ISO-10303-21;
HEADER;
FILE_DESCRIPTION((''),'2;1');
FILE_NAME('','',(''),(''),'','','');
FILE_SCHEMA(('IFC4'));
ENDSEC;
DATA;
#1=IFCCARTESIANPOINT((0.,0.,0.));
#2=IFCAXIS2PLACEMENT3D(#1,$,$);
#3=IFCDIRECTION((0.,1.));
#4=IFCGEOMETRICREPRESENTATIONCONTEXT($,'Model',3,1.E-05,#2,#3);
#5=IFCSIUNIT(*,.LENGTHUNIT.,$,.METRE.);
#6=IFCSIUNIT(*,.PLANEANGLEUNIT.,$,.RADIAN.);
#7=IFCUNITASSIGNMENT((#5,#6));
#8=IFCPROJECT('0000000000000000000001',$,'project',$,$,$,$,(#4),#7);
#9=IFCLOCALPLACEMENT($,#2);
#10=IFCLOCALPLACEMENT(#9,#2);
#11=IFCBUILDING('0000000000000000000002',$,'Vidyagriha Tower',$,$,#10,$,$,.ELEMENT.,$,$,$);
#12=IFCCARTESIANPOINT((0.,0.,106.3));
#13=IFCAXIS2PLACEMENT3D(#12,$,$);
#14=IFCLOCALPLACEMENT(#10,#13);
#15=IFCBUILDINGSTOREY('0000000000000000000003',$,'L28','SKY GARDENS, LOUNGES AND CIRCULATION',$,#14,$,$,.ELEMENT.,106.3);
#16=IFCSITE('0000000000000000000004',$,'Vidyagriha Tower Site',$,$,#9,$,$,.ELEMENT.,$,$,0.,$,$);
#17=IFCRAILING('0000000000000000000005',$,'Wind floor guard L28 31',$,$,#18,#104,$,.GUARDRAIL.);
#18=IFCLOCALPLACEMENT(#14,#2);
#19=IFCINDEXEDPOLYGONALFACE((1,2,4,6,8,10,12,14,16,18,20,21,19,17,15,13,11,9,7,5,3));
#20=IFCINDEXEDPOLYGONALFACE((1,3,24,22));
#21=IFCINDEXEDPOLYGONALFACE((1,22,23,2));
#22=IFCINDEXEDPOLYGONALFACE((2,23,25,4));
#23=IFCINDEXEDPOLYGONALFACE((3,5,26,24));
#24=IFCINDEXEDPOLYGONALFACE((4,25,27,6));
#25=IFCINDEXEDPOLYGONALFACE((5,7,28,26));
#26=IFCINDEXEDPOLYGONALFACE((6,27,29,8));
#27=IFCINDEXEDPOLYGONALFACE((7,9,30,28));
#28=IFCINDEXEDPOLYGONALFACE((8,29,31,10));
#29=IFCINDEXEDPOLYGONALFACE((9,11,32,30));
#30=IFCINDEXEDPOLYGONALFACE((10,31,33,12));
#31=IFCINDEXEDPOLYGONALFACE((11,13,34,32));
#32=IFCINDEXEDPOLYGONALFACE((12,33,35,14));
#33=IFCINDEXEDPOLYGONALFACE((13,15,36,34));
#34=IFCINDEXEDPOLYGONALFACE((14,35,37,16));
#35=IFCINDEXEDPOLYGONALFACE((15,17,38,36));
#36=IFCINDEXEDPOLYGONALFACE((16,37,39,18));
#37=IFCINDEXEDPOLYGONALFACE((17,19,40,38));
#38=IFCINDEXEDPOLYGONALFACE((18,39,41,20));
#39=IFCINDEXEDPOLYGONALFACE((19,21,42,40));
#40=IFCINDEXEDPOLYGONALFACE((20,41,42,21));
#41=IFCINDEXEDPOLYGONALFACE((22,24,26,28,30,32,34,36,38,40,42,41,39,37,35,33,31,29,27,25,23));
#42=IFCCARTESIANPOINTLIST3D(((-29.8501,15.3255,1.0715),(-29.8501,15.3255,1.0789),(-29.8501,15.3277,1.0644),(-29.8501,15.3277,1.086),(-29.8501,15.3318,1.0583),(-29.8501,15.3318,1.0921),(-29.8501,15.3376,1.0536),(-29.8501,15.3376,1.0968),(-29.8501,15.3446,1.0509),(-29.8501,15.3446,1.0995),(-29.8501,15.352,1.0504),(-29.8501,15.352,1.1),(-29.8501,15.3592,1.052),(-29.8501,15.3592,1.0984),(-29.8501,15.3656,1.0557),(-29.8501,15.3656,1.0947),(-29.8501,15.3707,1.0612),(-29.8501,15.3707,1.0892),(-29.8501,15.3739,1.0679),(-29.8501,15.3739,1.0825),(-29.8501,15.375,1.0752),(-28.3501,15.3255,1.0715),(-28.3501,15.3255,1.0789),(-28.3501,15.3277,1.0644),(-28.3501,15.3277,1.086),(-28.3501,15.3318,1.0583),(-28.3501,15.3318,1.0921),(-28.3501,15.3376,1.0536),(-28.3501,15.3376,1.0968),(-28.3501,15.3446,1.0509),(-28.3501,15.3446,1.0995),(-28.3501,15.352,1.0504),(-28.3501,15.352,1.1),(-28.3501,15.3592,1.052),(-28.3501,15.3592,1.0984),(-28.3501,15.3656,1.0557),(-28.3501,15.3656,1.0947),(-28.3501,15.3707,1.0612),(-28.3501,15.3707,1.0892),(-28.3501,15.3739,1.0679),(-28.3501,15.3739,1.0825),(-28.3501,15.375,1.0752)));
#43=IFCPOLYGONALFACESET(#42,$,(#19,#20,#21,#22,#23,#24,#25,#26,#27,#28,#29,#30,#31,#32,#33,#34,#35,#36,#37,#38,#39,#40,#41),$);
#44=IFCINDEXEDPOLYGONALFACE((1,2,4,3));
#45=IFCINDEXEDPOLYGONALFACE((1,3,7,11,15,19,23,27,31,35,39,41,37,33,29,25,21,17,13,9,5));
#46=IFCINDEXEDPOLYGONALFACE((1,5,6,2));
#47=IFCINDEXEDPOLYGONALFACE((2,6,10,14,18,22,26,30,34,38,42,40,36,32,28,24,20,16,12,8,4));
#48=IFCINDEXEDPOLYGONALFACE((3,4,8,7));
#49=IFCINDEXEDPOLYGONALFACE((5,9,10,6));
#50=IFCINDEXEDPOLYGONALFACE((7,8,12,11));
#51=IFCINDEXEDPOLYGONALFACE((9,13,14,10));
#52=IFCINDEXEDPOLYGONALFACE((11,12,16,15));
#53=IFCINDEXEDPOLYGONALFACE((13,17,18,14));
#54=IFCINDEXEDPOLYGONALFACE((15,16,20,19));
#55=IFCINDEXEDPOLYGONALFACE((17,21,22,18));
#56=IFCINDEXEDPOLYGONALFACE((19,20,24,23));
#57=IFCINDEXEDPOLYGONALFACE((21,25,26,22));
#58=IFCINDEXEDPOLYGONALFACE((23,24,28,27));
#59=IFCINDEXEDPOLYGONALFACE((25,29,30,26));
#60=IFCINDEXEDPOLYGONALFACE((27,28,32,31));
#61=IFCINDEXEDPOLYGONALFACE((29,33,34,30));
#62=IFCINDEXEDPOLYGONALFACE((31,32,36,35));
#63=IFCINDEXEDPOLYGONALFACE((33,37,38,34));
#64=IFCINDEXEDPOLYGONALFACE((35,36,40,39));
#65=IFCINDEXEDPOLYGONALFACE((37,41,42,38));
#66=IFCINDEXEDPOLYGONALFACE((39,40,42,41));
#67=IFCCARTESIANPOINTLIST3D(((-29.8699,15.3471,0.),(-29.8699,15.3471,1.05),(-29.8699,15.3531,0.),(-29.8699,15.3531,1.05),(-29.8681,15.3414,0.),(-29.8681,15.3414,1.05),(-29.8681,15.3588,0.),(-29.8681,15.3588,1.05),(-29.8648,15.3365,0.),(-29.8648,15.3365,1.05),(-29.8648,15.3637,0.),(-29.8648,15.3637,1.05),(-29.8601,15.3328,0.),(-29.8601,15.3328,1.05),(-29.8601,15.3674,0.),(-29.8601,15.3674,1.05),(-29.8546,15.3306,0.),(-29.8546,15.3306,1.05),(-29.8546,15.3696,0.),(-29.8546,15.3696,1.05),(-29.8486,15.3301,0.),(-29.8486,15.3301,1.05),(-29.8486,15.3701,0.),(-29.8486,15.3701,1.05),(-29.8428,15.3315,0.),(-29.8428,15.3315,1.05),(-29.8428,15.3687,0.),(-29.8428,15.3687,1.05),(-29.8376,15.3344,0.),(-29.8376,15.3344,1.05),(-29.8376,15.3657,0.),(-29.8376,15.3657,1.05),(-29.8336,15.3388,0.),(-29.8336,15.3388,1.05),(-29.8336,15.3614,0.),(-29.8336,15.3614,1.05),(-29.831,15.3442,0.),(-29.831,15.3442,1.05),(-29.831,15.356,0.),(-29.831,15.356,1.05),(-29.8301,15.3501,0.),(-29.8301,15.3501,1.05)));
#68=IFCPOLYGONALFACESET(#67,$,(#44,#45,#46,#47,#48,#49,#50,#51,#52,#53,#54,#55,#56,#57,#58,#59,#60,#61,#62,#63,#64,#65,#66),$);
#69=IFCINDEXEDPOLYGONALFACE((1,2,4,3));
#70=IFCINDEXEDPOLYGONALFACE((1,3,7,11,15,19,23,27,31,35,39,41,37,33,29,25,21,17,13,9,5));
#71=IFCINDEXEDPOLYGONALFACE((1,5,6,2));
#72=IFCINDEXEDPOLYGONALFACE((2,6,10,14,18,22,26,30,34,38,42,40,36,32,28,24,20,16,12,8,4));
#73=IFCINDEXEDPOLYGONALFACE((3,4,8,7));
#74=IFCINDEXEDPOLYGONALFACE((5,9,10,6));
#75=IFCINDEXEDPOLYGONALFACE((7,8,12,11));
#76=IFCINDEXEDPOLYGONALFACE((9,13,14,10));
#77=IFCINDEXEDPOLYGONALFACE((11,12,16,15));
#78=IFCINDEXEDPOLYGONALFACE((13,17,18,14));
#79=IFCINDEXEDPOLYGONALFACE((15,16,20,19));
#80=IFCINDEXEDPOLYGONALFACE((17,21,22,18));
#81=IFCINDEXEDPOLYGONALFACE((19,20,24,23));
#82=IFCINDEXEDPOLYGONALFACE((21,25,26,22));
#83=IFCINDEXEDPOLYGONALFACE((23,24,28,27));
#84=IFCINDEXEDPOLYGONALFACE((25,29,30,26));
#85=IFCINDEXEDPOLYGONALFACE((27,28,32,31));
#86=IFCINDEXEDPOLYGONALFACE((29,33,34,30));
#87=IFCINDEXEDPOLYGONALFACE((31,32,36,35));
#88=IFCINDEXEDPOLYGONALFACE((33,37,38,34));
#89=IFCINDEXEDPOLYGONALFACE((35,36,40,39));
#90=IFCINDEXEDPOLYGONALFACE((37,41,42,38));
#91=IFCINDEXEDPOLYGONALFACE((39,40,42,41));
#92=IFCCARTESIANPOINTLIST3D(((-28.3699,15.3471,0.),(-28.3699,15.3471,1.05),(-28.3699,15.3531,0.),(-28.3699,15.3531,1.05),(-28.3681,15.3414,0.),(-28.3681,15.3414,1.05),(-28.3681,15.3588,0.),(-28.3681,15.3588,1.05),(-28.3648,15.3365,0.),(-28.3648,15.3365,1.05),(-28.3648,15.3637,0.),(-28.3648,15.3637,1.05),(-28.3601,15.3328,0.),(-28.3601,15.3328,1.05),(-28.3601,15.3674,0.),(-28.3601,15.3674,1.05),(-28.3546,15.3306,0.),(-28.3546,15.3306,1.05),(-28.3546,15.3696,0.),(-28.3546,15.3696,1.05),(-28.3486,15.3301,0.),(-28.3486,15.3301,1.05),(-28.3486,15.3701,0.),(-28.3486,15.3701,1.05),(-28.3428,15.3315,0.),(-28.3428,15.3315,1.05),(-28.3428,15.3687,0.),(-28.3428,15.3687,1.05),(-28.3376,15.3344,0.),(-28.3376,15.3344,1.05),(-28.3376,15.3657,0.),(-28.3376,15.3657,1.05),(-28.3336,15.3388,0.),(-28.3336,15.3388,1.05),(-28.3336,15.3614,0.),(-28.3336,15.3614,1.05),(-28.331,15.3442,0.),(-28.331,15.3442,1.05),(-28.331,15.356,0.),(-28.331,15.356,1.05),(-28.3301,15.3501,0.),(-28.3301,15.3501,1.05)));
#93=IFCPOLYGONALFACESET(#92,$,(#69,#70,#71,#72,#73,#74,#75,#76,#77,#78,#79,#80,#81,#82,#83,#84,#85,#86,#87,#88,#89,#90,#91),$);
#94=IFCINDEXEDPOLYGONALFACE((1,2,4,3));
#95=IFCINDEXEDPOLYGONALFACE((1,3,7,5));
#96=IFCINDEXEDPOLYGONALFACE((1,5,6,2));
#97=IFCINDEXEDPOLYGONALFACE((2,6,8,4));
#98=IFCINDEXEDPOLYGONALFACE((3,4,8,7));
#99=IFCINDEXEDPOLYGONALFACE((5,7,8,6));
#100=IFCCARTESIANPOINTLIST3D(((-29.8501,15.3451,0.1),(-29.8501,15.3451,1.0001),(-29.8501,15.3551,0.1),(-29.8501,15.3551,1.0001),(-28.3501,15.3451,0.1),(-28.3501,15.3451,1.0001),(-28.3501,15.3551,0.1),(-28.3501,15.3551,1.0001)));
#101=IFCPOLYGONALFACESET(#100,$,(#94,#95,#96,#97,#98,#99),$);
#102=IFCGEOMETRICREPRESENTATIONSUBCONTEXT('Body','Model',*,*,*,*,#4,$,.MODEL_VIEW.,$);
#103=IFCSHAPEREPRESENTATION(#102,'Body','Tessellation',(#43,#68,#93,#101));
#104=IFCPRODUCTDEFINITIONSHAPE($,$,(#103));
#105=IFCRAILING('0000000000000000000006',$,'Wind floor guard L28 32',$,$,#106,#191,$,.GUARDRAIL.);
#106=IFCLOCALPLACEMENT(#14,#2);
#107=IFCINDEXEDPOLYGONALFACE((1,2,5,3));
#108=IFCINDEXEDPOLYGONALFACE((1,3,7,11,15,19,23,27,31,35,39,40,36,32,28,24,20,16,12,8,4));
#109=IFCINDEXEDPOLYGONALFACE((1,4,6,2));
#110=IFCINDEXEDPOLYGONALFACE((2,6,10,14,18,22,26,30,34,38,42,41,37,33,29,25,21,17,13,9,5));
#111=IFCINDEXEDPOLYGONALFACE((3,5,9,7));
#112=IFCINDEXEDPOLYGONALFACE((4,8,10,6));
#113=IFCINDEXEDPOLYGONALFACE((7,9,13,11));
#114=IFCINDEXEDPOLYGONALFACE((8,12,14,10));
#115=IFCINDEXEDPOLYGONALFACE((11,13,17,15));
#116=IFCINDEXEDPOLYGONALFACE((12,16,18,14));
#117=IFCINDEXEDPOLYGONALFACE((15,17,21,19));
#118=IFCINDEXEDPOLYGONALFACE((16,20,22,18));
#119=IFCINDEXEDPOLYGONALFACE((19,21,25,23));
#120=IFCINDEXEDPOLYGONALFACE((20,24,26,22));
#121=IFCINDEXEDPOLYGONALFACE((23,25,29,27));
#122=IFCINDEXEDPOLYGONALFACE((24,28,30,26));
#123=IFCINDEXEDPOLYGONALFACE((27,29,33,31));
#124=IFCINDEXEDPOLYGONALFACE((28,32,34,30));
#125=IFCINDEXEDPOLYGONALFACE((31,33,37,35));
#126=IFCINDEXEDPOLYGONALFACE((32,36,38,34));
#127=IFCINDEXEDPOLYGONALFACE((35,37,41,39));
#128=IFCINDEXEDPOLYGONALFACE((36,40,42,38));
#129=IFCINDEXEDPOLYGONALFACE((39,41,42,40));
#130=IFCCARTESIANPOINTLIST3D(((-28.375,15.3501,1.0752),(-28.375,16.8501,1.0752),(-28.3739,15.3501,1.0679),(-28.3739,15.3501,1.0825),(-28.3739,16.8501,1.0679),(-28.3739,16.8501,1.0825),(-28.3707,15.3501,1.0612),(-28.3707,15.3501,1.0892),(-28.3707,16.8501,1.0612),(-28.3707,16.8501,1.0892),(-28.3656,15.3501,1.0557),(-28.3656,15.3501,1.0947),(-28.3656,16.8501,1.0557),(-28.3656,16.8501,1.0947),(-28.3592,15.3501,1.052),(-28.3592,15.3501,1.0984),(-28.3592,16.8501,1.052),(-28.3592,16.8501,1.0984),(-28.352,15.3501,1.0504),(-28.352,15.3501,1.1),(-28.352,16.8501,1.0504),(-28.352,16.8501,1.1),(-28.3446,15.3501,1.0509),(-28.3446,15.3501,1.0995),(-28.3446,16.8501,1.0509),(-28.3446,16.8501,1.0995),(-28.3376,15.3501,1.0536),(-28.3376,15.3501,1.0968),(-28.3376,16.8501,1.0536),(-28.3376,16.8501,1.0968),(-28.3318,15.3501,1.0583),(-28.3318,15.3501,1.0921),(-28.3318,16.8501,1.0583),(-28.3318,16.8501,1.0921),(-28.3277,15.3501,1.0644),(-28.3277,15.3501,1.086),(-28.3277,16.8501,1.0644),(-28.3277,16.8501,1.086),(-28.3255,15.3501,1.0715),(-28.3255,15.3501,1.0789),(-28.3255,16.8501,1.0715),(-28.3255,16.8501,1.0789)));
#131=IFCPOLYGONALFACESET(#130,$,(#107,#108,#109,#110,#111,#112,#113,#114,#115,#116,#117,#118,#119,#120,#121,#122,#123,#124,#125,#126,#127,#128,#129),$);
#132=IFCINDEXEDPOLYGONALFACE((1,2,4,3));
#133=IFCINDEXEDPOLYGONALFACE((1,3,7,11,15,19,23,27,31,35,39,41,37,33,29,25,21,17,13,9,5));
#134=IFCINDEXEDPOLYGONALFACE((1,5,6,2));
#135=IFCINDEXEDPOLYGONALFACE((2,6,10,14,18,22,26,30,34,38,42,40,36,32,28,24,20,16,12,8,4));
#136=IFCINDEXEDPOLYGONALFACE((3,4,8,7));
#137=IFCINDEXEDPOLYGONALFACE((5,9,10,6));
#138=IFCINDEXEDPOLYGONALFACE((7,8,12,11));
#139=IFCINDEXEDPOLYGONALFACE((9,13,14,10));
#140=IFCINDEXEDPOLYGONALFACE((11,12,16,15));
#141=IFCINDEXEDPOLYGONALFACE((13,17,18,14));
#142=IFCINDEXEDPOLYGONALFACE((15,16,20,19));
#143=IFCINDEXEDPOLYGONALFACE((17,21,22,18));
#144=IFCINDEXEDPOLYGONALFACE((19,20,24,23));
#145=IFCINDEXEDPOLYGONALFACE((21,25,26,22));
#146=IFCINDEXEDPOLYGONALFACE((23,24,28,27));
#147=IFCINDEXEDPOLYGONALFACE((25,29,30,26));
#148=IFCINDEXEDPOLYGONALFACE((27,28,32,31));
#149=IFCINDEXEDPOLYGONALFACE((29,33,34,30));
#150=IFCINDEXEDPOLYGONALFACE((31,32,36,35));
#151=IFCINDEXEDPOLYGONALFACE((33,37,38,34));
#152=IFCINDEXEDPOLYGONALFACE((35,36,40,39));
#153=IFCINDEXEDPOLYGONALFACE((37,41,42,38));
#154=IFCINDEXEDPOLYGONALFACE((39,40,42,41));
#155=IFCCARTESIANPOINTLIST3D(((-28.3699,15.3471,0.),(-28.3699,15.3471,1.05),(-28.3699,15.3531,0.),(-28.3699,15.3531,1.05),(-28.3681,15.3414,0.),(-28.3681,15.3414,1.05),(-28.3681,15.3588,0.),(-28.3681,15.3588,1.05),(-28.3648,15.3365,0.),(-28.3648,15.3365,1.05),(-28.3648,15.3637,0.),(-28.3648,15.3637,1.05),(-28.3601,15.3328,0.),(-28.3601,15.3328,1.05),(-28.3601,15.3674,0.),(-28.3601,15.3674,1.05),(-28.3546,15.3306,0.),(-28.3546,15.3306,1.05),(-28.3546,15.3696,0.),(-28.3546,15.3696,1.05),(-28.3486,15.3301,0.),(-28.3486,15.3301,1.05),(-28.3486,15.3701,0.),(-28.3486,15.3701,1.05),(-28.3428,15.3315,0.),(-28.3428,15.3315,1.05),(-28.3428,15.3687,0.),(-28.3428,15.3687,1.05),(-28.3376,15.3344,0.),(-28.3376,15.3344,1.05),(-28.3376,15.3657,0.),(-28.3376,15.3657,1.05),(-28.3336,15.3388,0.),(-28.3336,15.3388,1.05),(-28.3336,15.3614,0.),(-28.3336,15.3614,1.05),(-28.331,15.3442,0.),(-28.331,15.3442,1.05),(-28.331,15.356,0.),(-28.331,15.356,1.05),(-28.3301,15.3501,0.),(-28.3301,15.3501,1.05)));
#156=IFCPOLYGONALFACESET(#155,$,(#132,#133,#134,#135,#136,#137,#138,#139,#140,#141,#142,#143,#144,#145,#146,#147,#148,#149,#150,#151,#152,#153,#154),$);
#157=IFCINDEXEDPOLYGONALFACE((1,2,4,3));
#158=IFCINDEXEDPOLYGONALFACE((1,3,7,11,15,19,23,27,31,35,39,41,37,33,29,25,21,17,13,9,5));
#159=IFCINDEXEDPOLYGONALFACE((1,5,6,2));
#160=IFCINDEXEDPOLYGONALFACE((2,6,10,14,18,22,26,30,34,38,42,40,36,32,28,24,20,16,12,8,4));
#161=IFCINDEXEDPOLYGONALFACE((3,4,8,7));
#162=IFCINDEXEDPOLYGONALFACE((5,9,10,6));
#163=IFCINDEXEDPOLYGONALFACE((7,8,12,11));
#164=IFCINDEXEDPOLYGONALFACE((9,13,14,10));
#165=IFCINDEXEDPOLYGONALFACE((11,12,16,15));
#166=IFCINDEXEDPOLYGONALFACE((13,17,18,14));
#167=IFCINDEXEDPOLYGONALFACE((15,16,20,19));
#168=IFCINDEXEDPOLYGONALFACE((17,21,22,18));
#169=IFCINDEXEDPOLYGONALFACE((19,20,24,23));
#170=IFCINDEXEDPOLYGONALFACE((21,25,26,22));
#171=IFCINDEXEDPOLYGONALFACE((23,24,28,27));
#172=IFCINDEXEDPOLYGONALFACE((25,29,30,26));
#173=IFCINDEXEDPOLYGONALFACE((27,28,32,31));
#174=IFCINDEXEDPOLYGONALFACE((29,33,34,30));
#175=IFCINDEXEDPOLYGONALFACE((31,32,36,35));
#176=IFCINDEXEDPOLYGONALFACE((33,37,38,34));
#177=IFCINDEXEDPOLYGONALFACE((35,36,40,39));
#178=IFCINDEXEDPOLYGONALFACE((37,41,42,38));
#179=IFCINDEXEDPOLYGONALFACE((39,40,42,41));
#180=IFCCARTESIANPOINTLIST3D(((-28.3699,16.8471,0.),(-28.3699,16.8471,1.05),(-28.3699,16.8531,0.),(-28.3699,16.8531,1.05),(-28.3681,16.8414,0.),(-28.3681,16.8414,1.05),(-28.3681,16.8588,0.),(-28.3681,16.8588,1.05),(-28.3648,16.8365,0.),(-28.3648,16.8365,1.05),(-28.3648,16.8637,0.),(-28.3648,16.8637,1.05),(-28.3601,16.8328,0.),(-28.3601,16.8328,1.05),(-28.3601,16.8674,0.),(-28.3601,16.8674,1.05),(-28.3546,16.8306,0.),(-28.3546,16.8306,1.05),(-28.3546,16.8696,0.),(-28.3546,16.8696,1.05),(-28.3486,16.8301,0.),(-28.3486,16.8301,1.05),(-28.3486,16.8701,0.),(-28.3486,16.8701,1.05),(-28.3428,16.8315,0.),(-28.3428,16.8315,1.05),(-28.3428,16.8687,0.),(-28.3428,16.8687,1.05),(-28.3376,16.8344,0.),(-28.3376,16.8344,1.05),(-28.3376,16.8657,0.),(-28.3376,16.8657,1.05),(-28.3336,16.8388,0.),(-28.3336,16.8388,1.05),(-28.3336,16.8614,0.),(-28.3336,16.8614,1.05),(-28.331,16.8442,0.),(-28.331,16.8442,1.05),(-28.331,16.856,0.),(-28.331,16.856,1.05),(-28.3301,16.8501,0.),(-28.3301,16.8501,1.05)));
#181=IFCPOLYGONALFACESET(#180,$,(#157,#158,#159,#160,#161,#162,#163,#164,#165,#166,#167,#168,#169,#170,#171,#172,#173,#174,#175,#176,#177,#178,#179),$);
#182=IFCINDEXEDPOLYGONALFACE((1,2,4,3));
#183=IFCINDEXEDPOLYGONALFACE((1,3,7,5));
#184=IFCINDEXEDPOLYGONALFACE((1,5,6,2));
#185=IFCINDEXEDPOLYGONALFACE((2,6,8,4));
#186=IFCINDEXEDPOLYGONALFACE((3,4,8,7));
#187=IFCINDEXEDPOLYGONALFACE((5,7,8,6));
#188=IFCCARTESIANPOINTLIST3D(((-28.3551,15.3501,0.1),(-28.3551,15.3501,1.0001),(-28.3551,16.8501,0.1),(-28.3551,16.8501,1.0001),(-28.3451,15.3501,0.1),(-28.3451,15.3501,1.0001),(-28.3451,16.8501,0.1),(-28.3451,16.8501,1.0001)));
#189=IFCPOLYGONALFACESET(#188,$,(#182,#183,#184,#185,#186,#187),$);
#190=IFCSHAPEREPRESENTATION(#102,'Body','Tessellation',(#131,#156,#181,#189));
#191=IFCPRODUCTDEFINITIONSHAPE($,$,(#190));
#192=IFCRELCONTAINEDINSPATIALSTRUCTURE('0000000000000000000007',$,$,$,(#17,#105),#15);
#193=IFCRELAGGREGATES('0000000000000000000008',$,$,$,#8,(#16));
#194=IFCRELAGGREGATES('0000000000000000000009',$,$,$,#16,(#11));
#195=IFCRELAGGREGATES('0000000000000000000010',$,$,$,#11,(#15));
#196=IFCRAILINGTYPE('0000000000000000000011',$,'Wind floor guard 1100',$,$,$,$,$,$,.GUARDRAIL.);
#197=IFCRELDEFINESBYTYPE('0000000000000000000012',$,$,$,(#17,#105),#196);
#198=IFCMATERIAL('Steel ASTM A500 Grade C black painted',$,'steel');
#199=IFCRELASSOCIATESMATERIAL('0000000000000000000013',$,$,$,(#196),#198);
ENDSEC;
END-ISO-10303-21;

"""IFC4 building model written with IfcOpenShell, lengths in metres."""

from ifc_helpers import new_model, si_unit, direction, frame, origin, origin_2d, place, context, subcontext, project, spatial, rectangle, circle, extrude, material, type_object, element, save


model = new_model("IFC4")

# Units and contexts
model_context = context("Model", 3, precision=1e-05, world=origin(), true_north=direction((0.0, 1.0)))
body_context = subcontext(model_context, "Body", "Model", "MODEL_VIEW")
ifc_project = project(units=[si_unit("LENGTHUNIT", "METRE"), si_unit("PLANEANGLEUNIT", "RADIAN")], contexts=[model_context])

# Site, building, storey
site_placement = place(None, origin())
site = spatial("IfcSite", under=ifc_project, at=site_placement, Name="Vidyagriha Tower Site", CompositionType="ELEMENT", RefElevation=0.0)
building_placement = place(site_placement, origin())
building = spatial("IfcBuilding", under=site, at=building_placement, Name="Vidyagriha Tower", CompositionType="ELEMENT")
storey_placement = place(building_placement, frame((0.0, 0.0, 106.3)))
storey = spatial("IfcBuildingStorey", under=building, at=storey_placement, Name="L28", Description="SKY GARDENS, LOUNGES AND CIRCULATION", CompositionType="ELEMENT", Elevation=106.3)

# Railings
ifc_material_1 = material(Name="Steel ASTM A500 Grade C black painted", Category="steel")
railing_type_1 = type_object("IfcRailingType", Name="Wind floor guard 1100", PredefinedType="GUARDRAIL", material=ifc_material_1)
railing_1_placement = place(storey_placement, frame((-29.8501, 15.3501, 0.0)))
element("IfcRailing", 1, at=railing_1_placement, inside=storey, type_object=railing_type_1, Name="Wind floor guard L28 31", PredefinedType="GUARDRAIL", context=body_context, shape_type="SweptSolid", body=[
    extrude(circle(Radius=0.0249, at=origin_2d()), frame((0.0, 0.0, 1.0752), z_axis=(1.0, 0.0, 0.0), x_axis=(0.0, 1.0, 0.0)), (0.0, 0.0, 1.0), 1.5),
    extrude(circle(Radius=0.02, at=origin_2d()), origin(), (0.0, 0.0, 1.0), 1.05),
    extrude(circle(Radius=0.02, at=origin_2d()), frame((1.5, 0.0, 0.0)), (0.0, 0.0, 1.0), 1.05),
    extrude(rectangle(XDim=0.01, YDim=0.9001, at=origin_2d()), frame((0.0, 0.0, 0.55), z_axis=(1.0, 0.0, 0.0), x_axis=(0.0, 1.0, 0.0)), (0.0, 0.0, 1.0), 1.5),
])
railing_2_placement = place(storey_placement, frame((-28.3501, 15.3501, 0.0)))
element("IfcRailing", 2, at=railing_2_placement, inside=storey, type_object=railing_type_1, Name="Wind floor guard L28 32", PredefinedType="GUARDRAIL", context=body_context, shape_type="SweptSolid", body=[
    extrude(circle(Radius=0.0249, at=origin_2d()), frame((0.0, 0.0, 1.0752), z_axis=(0.0, 1.0, 0.0), x_axis=(-1.0, 0.0, 0.0)), (0.0, 0.0, 1.0), 1.5),
    extrude(circle(Radius=0.02, at=origin_2d()), origin(), (0.0, 0.0, 1.0), 1.05),
    extrude(circle(Radius=0.02, at=origin_2d()), frame((0.0, 1.5, 0.0)), (0.0, 0.0, 1.0), 1.05),
    extrude(rectangle(XDim=0.01, YDim=0.9001, at=origin_2d()), frame((0.0, 0.0, 0.55), z_axis=(0.0, 1.0, 0.0), x_axis=(-1.0, 0.0, 0.0)), (0.0, 0.0, 1.0), 1.5),
])

save(model, "model.ifc")
